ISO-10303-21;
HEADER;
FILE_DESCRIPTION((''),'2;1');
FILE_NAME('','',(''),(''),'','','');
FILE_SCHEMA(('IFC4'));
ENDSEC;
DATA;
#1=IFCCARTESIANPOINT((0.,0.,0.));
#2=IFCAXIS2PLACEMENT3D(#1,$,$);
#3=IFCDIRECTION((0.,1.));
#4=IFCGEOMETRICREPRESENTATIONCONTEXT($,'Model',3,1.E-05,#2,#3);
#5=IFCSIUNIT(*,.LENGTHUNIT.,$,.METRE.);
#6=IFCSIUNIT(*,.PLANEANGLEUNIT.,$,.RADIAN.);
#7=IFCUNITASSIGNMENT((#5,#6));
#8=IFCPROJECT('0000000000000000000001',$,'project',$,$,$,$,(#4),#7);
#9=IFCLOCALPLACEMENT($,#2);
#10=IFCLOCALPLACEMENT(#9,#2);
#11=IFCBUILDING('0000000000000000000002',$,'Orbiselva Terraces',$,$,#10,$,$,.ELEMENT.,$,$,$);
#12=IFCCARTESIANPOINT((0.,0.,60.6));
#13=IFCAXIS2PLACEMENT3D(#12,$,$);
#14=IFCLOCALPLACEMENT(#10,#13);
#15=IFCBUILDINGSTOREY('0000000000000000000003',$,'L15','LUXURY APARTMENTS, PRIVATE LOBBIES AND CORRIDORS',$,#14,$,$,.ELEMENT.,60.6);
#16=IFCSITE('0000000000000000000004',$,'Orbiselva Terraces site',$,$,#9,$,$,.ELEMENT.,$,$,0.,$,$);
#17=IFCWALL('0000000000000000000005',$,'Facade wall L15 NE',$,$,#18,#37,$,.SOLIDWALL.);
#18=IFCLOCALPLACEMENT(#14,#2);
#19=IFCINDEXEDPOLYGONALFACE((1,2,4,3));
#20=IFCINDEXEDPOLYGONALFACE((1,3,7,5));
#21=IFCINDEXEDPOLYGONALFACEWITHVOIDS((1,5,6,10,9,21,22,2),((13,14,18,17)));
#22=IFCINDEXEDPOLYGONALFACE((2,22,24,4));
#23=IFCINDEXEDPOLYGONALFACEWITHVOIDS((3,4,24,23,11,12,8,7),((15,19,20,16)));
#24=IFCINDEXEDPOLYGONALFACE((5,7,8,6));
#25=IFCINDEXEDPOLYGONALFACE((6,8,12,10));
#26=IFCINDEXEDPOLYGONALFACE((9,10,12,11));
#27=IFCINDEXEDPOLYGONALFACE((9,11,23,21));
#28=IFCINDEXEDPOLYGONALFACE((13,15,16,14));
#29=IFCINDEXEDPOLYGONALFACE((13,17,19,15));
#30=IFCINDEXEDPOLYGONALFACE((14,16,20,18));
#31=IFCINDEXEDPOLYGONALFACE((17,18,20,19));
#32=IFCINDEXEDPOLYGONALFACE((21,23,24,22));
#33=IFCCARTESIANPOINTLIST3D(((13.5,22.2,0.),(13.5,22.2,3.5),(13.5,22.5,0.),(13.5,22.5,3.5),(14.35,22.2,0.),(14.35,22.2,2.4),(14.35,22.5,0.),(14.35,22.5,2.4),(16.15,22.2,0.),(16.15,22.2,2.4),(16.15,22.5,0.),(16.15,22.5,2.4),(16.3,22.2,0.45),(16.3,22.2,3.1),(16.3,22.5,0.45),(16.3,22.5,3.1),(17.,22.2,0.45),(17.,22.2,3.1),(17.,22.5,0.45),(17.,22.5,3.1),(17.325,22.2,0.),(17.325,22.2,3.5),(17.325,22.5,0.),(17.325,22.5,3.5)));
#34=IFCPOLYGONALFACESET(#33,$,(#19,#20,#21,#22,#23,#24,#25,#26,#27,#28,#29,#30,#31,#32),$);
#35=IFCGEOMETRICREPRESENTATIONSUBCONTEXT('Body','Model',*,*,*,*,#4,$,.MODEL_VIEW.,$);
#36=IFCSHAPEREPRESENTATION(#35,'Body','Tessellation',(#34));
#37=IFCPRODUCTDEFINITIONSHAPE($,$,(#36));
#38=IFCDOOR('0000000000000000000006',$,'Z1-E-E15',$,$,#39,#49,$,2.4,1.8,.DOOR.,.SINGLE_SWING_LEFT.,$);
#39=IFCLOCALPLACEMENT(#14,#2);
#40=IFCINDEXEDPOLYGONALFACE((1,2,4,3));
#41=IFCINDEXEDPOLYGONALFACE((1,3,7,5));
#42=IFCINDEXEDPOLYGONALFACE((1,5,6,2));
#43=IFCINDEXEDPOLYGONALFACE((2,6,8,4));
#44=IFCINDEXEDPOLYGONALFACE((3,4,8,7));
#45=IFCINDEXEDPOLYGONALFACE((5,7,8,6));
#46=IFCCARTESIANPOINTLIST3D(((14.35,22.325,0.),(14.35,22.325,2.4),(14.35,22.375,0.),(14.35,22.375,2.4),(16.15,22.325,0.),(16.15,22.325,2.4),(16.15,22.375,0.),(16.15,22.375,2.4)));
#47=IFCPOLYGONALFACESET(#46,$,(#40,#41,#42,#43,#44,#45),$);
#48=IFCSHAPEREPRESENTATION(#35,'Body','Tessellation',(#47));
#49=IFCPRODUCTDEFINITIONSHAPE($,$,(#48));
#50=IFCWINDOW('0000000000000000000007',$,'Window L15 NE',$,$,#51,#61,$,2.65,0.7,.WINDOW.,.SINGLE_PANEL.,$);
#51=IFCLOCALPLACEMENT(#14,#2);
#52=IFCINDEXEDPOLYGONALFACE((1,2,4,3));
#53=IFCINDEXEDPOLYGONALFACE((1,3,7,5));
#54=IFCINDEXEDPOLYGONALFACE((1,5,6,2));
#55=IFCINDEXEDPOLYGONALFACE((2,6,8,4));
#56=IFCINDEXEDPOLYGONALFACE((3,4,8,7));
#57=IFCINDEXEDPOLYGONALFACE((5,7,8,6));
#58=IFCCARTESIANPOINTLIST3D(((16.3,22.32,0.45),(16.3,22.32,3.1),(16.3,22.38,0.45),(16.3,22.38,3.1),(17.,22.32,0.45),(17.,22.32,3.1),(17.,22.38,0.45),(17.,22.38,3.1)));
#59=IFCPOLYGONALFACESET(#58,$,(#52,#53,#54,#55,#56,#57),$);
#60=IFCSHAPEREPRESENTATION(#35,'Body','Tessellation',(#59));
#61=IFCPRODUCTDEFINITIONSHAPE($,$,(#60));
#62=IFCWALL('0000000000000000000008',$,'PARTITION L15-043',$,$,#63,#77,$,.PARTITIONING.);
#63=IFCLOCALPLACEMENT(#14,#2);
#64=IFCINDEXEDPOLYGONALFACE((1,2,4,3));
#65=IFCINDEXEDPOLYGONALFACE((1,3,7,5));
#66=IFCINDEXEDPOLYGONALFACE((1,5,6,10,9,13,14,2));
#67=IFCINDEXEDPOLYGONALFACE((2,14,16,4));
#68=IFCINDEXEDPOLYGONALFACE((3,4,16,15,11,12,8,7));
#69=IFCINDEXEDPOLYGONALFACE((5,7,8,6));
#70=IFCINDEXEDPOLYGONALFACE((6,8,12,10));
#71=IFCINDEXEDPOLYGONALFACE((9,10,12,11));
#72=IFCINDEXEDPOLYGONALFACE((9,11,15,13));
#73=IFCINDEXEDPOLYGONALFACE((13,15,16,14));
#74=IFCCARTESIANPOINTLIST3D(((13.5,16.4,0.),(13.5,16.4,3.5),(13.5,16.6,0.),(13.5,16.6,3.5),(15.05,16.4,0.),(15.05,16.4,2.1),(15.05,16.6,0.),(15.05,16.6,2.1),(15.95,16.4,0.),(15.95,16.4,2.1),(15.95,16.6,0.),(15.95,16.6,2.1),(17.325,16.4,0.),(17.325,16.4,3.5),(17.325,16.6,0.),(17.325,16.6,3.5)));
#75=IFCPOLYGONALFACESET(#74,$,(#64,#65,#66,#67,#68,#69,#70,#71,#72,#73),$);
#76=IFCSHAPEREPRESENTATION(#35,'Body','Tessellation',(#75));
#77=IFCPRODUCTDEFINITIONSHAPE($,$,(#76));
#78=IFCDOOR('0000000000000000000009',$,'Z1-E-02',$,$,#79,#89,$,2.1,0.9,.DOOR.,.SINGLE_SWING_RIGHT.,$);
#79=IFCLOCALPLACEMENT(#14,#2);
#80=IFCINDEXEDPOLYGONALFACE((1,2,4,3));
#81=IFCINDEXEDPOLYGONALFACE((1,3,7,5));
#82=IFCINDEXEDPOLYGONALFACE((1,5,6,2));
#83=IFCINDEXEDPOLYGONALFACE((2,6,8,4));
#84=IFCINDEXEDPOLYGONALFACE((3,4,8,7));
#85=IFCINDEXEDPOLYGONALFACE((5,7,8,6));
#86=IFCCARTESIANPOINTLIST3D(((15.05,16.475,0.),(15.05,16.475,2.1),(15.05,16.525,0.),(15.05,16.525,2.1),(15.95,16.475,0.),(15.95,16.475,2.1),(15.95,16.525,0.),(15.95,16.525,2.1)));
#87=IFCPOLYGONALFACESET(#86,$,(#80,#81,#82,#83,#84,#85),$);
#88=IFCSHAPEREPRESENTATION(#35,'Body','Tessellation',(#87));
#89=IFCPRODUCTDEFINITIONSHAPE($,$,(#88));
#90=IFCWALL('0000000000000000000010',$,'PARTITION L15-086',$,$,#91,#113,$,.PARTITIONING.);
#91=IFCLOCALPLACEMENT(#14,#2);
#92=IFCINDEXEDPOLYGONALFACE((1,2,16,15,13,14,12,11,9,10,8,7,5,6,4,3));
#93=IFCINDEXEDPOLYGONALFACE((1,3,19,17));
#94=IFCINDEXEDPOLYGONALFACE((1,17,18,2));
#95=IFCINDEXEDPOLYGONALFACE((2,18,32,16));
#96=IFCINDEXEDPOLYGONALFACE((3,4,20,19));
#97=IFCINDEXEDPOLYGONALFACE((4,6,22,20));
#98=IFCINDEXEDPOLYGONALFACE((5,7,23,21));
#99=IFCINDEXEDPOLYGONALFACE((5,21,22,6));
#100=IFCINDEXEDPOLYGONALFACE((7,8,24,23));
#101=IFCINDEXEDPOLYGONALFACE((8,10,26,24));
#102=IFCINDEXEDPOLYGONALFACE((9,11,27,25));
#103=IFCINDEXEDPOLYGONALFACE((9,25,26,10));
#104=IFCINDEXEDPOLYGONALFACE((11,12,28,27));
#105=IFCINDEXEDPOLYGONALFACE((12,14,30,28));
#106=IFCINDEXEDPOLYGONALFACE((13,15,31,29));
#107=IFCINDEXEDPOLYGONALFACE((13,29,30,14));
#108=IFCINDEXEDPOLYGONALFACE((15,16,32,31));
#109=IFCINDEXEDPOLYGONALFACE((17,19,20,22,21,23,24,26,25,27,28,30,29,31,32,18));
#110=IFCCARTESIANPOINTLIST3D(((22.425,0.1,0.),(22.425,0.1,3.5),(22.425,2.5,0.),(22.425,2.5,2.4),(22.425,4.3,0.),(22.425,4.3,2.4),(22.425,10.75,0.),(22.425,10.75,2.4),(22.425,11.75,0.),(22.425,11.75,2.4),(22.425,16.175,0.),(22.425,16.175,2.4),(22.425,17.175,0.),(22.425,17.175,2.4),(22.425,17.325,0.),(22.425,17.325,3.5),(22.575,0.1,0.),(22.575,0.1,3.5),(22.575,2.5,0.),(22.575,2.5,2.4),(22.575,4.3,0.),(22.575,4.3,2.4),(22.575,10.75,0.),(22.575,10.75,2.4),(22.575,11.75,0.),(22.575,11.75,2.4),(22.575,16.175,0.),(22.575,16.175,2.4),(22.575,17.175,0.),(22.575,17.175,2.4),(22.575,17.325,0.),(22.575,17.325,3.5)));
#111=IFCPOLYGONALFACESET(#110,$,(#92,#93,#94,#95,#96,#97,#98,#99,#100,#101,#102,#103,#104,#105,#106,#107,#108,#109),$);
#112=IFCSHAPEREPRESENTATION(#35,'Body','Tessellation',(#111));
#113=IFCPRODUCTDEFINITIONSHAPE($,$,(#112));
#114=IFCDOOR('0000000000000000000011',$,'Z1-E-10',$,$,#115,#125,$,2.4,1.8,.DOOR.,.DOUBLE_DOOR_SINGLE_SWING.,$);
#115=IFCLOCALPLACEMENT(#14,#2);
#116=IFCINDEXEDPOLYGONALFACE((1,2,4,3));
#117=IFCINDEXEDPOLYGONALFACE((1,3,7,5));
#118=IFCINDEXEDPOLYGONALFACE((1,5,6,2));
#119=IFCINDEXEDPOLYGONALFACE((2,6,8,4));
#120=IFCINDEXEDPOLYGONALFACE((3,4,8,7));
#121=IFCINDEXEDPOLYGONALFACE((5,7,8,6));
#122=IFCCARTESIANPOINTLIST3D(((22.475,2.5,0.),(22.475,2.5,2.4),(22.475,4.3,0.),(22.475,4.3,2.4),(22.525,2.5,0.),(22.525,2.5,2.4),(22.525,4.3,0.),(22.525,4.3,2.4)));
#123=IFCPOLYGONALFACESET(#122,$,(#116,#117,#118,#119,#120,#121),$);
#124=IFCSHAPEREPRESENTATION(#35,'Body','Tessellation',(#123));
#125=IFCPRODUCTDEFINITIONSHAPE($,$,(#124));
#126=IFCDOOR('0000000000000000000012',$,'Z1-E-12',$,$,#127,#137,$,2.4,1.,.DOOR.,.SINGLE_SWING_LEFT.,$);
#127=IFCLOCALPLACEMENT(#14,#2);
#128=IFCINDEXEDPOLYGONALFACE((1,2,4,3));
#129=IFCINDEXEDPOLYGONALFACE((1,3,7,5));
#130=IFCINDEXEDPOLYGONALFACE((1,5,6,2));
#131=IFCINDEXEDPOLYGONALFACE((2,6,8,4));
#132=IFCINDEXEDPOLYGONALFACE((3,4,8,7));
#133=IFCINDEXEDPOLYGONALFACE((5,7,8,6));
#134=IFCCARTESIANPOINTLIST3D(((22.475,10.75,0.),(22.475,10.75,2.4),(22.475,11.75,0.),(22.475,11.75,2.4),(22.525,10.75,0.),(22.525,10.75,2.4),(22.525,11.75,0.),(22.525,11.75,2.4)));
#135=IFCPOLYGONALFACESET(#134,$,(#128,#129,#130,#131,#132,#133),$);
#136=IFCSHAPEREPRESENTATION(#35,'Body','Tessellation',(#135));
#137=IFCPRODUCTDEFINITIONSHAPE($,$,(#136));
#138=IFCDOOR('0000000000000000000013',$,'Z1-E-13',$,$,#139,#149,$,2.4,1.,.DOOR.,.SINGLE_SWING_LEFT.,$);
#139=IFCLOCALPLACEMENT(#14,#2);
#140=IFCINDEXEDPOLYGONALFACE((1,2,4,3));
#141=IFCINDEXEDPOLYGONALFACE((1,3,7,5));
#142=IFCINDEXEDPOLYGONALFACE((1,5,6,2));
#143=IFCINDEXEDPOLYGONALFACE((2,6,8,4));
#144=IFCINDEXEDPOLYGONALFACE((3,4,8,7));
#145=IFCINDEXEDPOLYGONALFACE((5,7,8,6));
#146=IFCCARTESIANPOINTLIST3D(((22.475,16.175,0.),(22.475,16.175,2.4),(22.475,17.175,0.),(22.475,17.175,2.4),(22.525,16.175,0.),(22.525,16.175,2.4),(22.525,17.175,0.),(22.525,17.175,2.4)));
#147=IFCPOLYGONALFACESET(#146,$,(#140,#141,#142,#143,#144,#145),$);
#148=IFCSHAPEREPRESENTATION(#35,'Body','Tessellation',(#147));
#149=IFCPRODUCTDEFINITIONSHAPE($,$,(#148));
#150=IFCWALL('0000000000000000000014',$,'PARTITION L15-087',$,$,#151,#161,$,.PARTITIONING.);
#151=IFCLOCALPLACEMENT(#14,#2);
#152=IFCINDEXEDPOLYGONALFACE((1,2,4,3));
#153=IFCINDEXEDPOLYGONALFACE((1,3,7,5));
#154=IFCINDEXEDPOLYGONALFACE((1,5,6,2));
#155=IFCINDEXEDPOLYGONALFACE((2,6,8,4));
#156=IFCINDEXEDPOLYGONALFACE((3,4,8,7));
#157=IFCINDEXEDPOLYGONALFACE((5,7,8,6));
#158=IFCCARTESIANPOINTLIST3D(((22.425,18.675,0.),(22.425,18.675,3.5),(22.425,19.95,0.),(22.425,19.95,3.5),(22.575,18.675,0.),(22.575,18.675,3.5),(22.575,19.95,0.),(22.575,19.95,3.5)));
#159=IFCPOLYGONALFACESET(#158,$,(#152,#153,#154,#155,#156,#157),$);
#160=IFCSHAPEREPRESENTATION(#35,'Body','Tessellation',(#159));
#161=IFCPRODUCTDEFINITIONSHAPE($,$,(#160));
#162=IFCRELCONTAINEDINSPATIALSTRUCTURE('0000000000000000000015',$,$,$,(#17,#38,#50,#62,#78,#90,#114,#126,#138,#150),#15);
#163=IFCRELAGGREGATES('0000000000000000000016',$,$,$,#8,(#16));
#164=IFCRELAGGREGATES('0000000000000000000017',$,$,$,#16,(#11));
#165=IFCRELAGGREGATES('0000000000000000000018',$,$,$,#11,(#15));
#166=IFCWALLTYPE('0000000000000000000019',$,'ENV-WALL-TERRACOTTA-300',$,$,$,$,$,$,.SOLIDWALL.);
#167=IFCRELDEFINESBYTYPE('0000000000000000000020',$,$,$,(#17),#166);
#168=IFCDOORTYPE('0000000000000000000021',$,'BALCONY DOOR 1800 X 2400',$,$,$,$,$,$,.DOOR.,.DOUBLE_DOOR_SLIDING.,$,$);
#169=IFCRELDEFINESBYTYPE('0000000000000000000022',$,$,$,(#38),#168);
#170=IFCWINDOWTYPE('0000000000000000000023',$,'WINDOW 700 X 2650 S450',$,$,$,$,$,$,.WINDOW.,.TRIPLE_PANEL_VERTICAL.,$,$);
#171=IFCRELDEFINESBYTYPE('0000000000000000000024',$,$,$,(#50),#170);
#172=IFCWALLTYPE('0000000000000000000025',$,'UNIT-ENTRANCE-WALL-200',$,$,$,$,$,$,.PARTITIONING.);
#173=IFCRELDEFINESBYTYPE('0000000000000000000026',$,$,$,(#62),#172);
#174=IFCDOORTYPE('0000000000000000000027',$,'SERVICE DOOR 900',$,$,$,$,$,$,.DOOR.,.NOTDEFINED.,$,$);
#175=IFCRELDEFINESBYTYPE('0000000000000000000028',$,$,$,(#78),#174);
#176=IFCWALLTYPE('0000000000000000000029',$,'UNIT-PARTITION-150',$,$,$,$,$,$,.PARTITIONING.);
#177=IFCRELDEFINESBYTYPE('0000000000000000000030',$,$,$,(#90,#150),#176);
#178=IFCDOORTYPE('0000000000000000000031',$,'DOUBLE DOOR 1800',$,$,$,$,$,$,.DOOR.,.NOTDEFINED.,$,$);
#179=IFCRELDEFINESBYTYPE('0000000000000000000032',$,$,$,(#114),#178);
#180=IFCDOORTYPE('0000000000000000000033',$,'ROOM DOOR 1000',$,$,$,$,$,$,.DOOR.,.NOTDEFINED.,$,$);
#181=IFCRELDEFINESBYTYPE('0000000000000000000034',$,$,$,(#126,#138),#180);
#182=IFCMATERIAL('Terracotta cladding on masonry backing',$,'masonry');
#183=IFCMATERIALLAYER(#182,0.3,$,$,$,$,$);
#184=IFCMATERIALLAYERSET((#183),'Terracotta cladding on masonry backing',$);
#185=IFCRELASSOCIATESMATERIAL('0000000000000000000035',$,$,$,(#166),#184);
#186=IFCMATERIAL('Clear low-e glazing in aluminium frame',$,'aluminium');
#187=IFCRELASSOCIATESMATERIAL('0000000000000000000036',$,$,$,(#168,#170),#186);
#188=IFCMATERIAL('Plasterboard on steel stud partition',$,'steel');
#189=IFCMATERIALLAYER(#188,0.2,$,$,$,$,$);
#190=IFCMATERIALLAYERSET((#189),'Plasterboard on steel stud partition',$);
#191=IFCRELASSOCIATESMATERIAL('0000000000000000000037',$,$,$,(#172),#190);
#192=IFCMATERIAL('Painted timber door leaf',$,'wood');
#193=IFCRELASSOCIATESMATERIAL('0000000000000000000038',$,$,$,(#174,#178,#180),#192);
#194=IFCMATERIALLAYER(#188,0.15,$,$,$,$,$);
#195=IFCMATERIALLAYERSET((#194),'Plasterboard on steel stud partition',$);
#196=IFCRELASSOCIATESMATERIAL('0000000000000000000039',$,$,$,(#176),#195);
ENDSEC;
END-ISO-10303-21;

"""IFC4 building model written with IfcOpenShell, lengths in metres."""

from ifc_helpers import new_model, si_unit, direction, frame, frame_2d, origin, place, context, subcontext, project, spatial, rectangle, extrude, material, layer, layer_set, type_object, element, fill, save


model = new_model("IFC4")

# Units and contexts
model_context = context("Model", 3, precision=1e-05, world=origin(), true_north=direction((0.0, 1.0)))
body_context = subcontext(model_context, "Body", "Model", "MODEL_VIEW")
ifc_project = project(units=[si_unit("LENGTHUNIT", "METRE"), si_unit("PLANEANGLEUNIT", "RADIAN")], contexts=[model_context])

# Site, building, storey
site_placement = place(None, origin())
site = spatial("IfcSite", under=ifc_project, at=site_placement, Name="Orbiselva Terraces site", CompositionType="ELEMENT", RefElevation=0.0)
building_placement = place(site_placement, origin())
building = spatial("IfcBuilding", under=site, at=building_placement, Name="Orbiselva Terraces", CompositionType="ELEMENT")
storey_placement = place(building_placement, frame((0.0, 0.0, 60.6)))
storey = spatial("IfcBuildingStorey", under=building, at=storey_placement, Name="L15", Description="LUXURY APARTMENTS, PRIVATE LOBBIES AND CORRIDORS", CompositionType="ELEMENT", Elevation=60.6)

# Shared definitions
ifc_material_1 = material(Name="Terracotta cladding on masonry backing", Category="masonry")
ifc_layer_1 = layer(ifc_material_1, 0.3)
ifc_layer_set_1 = layer_set([ifc_layer_1], Name="Terracotta cladding on masonry backing")
wall_type_1 = type_object("IfcWallType", Name="ENV-WALL-TERRACOTTA-300", PredefinedType="SOLIDWALL", material=ifc_layer_set_1)
ifc_material_2 = material(Name="Clear low-e glazing in aluminium frame", Category="aluminium")

# Wall, openings, door, window
wall_1_placement = place(storey_placement, frame((13.5, 22.35, 0.0), z_axis=(0.0, 0.0, 1.0), x_axis=(1.0, 0.0, 0.0)))
wall_1 = element("IfcWall", 1, at=wall_1_placement, inside=storey, type_object=wall_type_1, Name="Facade wall L15 NE", PredefinedType="SOLIDWALL", context=body_context, shape_type="SweptSolid", body=[
    extrude(rectangle(XDim=3.825, YDim=0.3, at=frame_2d((1.9125, 0.0))), origin(), (0.0, 0.0, 1.0), 3.5),
])
opening_1_placement = place(wall_1_placement, frame((2.8, 0.0, 0.45)))
opening_1 = element("IfcOpeningElement", 2, at=opening_1_placement, cuts=wall_1, PredefinedType="OPENING", context=body_context, shape_type="SweptSolid", body=[
    extrude(rectangle(XDim=0.7, YDim=2.65, at=frame_2d((0.35, 1.325))), frame((0.0, 0.16, 0.0), z_axis=(0.0, -1.0, 0.0), x_axis=(1.0, 0.0, 0.0)), (0.0, 0.0, 1.0), 0.32),
])
opening_2_placement = place(wall_1_placement, frame((0.85, 0.0, 0.0)))
opening_2 = element("IfcOpeningElement", 3, at=opening_2_placement, cuts=wall_1, PredefinedType="OPENING", context=body_context, shape_type="SweptSolid", body=[
    extrude(rectangle(XDim=1.8, YDim=2.4, at=frame_2d((0.9, 1.2))), frame((0.0, 0.16, 0.0), z_axis=(0.0, -1.0, 0.0), x_axis=(1.0, 0.0, 0.0)), (0.0, 0.0, 1.0), 0.32),
])
door_type_1 = type_object("IfcDoorType", Name="BALCONY DOOR 1800 X 2400", OperationType="DOUBLE_DOOR_SLIDING", PredefinedType="DOOR", material=ifc_material_2)
door_1_placement = place(opening_2_placement, origin())
door_1 = element("IfcDoor", 4, at=door_1_placement, inside=storey, type_object=door_type_1, Name="Z1-E-E15", OperationType="SINGLE_SWING_LEFT", OverallHeight=2.4, OverallWidth=1.8, PredefinedType="DOOR", context=body_context, shape_type="SweptSolid", body=[
    extrude(rectangle(XDim=1.8, YDim=2.4, at=frame_2d((0.9, 1.2))), frame((0.0, 0.025, 0.0), z_axis=(0.0, -1.0, 0.0), x_axis=(1.0, 0.0, 0.0)), (0.0, 0.0, 1.0), 0.05),
])
fill(opening_2, door_1)
window_type_1 = type_object("IfcWindowType", Name="WINDOW 700 X 2650 S450", PartitioningType="TRIPLE_PANEL_VERTICAL", PredefinedType="WINDOW", material=ifc_material_2)
window_1_placement = place(opening_1_placement, origin())
window_1 = element("IfcWindow", 5, at=window_1_placement, inside=storey, type_object=window_type_1, Name="Window L15 NE", OverallHeight=2.65, OverallWidth=0.7, PartitioningType="SINGLE_PANEL", PredefinedType="WINDOW", context=body_context, shape_type="SweptSolid", body=[
    extrude(rectangle(XDim=0.7, YDim=2.65, at=frame_2d((0.35, 1.325))), frame((0.0, 0.03, 0.0), z_axis=(0.0, -1.0, 0.0), x_axis=(1.0, 0.0, 0.0)), (0.0, 0.0, 1.0), 0.06),
])
fill(opening_1, window_1)

# Wall, opening, door
ifc_material_3 = material(Name="Plasterboard on steel stud partition", Category="steel")
ifc_layer_2 = layer(ifc_material_3, 0.2)
ifc_layer_set_2 = layer_set([ifc_layer_2], Name="Plasterboard on steel stud partition")
wall_type_2 = type_object("IfcWallType", Name="UNIT-ENTRANCE-WALL-200", PredefinedType="PARTITIONING", material=ifc_layer_set_2)
wall_2_placement = place(storey_placement, frame((13.5, 16.5, 0.0), z_axis=(0.0, 0.0, 1.0), x_axis=(1.0, 0.0, 0.0)))
wall_2 = element("IfcWall", 6, at=wall_2_placement, inside=storey, type_object=wall_type_2, Name="PARTITION L15-043", PredefinedType="PARTITIONING", context=body_context, shape_type="SweptSolid", body=[
    extrude(rectangle(XDim=3.825, YDim=0.2, at=frame_2d((1.9125, 0.0))), origin(), (0.0, 0.0, 1.0), 3.5),
])
opening_3_placement = place(wall_2_placement, frame((1.55, 0.0, 0.0)))
opening_3 = element("IfcOpeningElement", 7, at=opening_3_placement, cuts=wall_2, PredefinedType="OPENING", context=body_context, shape_type="SweptSolid", body=[
    extrude(rectangle(XDim=0.9, YDim=2.1, at=frame_2d((0.45, 1.05))), frame((0.0, 0.11, 0.0), z_axis=(0.0, -1.0, 0.0), x_axis=(1.0, 0.0, 0.0)), (0.0, 0.0, 1.0), 0.22),
])
ifc_material_4 = material(Name="Painted timber door leaf", Category="wood")
door_type_2 = type_object("IfcDoorType", Name="SERVICE DOOR 900", OperationType="NOTDEFINED", PredefinedType="DOOR", material=ifc_material_4)
door_2_placement = place(opening_3_placement, origin())
door_2 = element("IfcDoor", 8, at=door_2_placement, inside=storey, type_object=door_type_2, Name="Z1-E-02", OperationType="SINGLE_SWING_RIGHT", OverallHeight=2.1, OverallWidth=0.9, PredefinedType="DOOR", context=body_context, shape_type="SweptSolid", body=[
    extrude(rectangle(XDim=0.9, YDim=2.1, at=frame_2d((0.45, 1.05))), frame((0.0, 0.025, 0.0), z_axis=(0.0, -1.0, 0.0), x_axis=(1.0, 0.0, 0.0)), (0.0, 0.0, 1.0), 0.05),
])
fill(opening_3, door_2)

# Wall, openings, doors
ifc_layer_3 = layer(ifc_material_3, 0.15)
ifc_layer_set_3 = layer_set([ifc_layer_3], Name="Plasterboard on steel stud partition")
wall_type_3 = type_object("IfcWallType", Name="UNIT-PARTITION-150", PredefinedType="PARTITIONING", material=ifc_layer_set_3)
wall_3_placement = place(storey_placement, frame((22.5, 17.325, 0.0), z_axis=(0.0, 0.0, 1.0), x_axis=(0.0, -1.0, 0.0)))
wall_3 = element("IfcWall", 9, at=wall_3_placement, inside=storey, type_object=wall_type_3, Name="PARTITION L15-086", PredefinedType="PARTITIONING", context=body_context, shape_type="SweptSolid", body=[
    extrude(rectangle(XDim=17.225, YDim=0.15, at=frame_2d((8.6125, 0.0))), origin(), (0.0, 0.0, 1.0), 3.5),
])
opening_4_placement = place(wall_3_placement, frame((13.025, 0.0, 0.0)))
opening_4 = element("IfcOpeningElement", 10, at=opening_4_placement, cuts=wall_3, PredefinedType="OPENING", context=body_context, shape_type="SweptSolid", body=[
    extrude(rectangle(XDim=1.8, YDim=2.4, at=frame_2d((0.9, 1.2))), frame((0.0, 0.085, 0.0), z_axis=(0.0, -1.0, 0.0), x_axis=(1.0, 0.0, 0.0)), (0.0, 0.0, 1.0), 0.17),
])
opening_5_placement = place(wall_3_placement, frame((5.575, 0.0, 0.0)))
opening_5 = element("IfcOpeningElement", 11, at=opening_5_placement, cuts=wall_3, PredefinedType="OPENING", context=body_context, shape_type="SweptSolid", body=[
    extrude(rectangle(XDim=1.0, YDim=2.4, at=frame_2d((0.5, 1.2))), frame((0.0, 0.085, 0.0), z_axis=(0.0, -1.0, 0.0), x_axis=(1.0, 0.0, 0.0)), (0.0, 0.0, 1.0), 0.17),
])
opening_6_placement = place(wall_3_placement, frame((0.15, 0.0, 0.0)))
opening_6 = element("IfcOpeningElement", 12, at=opening_6_placement, cuts=wall_3, PredefinedType="OPENING", context=body_context, shape_type="SweptSolid", body=[
    extrude(rectangle(XDim=1.0, YDim=2.4, at=frame_2d((0.5, 1.2))), frame((0.0, 0.085, 0.0), z_axis=(0.0, -1.0, 0.0), x_axis=(1.0, 0.0, 0.0)), (0.0, 0.0, 1.0), 0.17),
])
door_type_3 = type_object("IfcDoorType", Name="DOUBLE DOOR 1800", OperationType="NOTDEFINED", PredefinedType="DOOR", material=ifc_material_4)
door_3_placement = place(opening_4_placement, origin())
door_3 = element("IfcDoor", 13, at=door_3_placement, inside=storey, type_object=door_type_3, Name="Z1-E-10", OperationType="DOUBLE_DOOR_SINGLE_SWING", OverallHeight=2.4, OverallWidth=1.8, PredefinedType="DOOR", context=body_context, shape_type="SweptSolid", body=[
    extrude(rectangle(XDim=1.8, YDim=2.4, at=frame_2d((0.9, 1.2))), frame((0.0, 0.025, 0.0), z_axis=(0.0, -1.0, 0.0), x_axis=(1.0, 0.0, 0.0)), (0.0, 0.0, 1.0), 0.05),
])
fill(opening_4, door_3)
door_type_4 = type_object("IfcDoorType", Name="ROOM DOOR 1000", OperationType="NOTDEFINED", PredefinedType="DOOR", material=ifc_material_4)
door_4_placement = place(opening_5_placement, origin())
door_4 = element("IfcDoor", 14, at=door_4_placement, inside=storey, type_object=door_type_4, Name="Z1-E-12", OperationType="SINGLE_SWING_LEFT", OverallHeight=2.4, OverallWidth=1.0, PredefinedType="DOOR", context=body_context, shape_type="SweptSolid", body=[
    extrude(rectangle(XDim=1.0, YDim=2.4, at=frame_2d((0.5, 1.2))), frame((0.0, 0.025, 0.0), z_axis=(0.0, -1.0, 0.0), x_axis=(1.0, 0.0, 0.0)), (0.0, 0.0, 1.0), 0.05),
])
fill(opening_5, door_4)
door_5_placement = place(opening_6_placement, origin())
door_5 = element("IfcDoor", 15, at=door_5_placement, inside=storey, type_object=door_type_4, Name="Z1-E-13", OperationType="SINGLE_SWING_LEFT", OverallHeight=2.4, OverallWidth=1.0, PredefinedType="DOOR", context=body_context, shape_type="SweptSolid", body=[
    extrude(rectangle(XDim=1.0, YDim=2.4, at=frame_2d((0.5, 1.2))), frame((0.0, 0.025, 0.0), z_axis=(0.0, -1.0, 0.0), x_axis=(1.0, 0.0, 0.0)), (0.0, 0.0, 1.0), 0.05),
])
fill(opening_6, door_5)

# Wall
wall_4_placement = place(storey_placement, frame((22.5, 18.675, 0.0), z_axis=(0.0, 0.0, 1.0), x_axis=(0.0, 1.0, 0.0)))
element("IfcWall", 16, at=wall_4_placement, inside=storey, type_object=wall_type_3, Name="PARTITION L15-087", PredefinedType="PARTITIONING", context=body_context, shape_type="SweptSolid", body=[
    extrude(rectangle(XDim=1.275, YDim=0.15, at=frame_2d((0.6375, 0.0))), origin(), (0.0, 0.0, 1.0), 3.5),
])

save(model, "model.ifc")
